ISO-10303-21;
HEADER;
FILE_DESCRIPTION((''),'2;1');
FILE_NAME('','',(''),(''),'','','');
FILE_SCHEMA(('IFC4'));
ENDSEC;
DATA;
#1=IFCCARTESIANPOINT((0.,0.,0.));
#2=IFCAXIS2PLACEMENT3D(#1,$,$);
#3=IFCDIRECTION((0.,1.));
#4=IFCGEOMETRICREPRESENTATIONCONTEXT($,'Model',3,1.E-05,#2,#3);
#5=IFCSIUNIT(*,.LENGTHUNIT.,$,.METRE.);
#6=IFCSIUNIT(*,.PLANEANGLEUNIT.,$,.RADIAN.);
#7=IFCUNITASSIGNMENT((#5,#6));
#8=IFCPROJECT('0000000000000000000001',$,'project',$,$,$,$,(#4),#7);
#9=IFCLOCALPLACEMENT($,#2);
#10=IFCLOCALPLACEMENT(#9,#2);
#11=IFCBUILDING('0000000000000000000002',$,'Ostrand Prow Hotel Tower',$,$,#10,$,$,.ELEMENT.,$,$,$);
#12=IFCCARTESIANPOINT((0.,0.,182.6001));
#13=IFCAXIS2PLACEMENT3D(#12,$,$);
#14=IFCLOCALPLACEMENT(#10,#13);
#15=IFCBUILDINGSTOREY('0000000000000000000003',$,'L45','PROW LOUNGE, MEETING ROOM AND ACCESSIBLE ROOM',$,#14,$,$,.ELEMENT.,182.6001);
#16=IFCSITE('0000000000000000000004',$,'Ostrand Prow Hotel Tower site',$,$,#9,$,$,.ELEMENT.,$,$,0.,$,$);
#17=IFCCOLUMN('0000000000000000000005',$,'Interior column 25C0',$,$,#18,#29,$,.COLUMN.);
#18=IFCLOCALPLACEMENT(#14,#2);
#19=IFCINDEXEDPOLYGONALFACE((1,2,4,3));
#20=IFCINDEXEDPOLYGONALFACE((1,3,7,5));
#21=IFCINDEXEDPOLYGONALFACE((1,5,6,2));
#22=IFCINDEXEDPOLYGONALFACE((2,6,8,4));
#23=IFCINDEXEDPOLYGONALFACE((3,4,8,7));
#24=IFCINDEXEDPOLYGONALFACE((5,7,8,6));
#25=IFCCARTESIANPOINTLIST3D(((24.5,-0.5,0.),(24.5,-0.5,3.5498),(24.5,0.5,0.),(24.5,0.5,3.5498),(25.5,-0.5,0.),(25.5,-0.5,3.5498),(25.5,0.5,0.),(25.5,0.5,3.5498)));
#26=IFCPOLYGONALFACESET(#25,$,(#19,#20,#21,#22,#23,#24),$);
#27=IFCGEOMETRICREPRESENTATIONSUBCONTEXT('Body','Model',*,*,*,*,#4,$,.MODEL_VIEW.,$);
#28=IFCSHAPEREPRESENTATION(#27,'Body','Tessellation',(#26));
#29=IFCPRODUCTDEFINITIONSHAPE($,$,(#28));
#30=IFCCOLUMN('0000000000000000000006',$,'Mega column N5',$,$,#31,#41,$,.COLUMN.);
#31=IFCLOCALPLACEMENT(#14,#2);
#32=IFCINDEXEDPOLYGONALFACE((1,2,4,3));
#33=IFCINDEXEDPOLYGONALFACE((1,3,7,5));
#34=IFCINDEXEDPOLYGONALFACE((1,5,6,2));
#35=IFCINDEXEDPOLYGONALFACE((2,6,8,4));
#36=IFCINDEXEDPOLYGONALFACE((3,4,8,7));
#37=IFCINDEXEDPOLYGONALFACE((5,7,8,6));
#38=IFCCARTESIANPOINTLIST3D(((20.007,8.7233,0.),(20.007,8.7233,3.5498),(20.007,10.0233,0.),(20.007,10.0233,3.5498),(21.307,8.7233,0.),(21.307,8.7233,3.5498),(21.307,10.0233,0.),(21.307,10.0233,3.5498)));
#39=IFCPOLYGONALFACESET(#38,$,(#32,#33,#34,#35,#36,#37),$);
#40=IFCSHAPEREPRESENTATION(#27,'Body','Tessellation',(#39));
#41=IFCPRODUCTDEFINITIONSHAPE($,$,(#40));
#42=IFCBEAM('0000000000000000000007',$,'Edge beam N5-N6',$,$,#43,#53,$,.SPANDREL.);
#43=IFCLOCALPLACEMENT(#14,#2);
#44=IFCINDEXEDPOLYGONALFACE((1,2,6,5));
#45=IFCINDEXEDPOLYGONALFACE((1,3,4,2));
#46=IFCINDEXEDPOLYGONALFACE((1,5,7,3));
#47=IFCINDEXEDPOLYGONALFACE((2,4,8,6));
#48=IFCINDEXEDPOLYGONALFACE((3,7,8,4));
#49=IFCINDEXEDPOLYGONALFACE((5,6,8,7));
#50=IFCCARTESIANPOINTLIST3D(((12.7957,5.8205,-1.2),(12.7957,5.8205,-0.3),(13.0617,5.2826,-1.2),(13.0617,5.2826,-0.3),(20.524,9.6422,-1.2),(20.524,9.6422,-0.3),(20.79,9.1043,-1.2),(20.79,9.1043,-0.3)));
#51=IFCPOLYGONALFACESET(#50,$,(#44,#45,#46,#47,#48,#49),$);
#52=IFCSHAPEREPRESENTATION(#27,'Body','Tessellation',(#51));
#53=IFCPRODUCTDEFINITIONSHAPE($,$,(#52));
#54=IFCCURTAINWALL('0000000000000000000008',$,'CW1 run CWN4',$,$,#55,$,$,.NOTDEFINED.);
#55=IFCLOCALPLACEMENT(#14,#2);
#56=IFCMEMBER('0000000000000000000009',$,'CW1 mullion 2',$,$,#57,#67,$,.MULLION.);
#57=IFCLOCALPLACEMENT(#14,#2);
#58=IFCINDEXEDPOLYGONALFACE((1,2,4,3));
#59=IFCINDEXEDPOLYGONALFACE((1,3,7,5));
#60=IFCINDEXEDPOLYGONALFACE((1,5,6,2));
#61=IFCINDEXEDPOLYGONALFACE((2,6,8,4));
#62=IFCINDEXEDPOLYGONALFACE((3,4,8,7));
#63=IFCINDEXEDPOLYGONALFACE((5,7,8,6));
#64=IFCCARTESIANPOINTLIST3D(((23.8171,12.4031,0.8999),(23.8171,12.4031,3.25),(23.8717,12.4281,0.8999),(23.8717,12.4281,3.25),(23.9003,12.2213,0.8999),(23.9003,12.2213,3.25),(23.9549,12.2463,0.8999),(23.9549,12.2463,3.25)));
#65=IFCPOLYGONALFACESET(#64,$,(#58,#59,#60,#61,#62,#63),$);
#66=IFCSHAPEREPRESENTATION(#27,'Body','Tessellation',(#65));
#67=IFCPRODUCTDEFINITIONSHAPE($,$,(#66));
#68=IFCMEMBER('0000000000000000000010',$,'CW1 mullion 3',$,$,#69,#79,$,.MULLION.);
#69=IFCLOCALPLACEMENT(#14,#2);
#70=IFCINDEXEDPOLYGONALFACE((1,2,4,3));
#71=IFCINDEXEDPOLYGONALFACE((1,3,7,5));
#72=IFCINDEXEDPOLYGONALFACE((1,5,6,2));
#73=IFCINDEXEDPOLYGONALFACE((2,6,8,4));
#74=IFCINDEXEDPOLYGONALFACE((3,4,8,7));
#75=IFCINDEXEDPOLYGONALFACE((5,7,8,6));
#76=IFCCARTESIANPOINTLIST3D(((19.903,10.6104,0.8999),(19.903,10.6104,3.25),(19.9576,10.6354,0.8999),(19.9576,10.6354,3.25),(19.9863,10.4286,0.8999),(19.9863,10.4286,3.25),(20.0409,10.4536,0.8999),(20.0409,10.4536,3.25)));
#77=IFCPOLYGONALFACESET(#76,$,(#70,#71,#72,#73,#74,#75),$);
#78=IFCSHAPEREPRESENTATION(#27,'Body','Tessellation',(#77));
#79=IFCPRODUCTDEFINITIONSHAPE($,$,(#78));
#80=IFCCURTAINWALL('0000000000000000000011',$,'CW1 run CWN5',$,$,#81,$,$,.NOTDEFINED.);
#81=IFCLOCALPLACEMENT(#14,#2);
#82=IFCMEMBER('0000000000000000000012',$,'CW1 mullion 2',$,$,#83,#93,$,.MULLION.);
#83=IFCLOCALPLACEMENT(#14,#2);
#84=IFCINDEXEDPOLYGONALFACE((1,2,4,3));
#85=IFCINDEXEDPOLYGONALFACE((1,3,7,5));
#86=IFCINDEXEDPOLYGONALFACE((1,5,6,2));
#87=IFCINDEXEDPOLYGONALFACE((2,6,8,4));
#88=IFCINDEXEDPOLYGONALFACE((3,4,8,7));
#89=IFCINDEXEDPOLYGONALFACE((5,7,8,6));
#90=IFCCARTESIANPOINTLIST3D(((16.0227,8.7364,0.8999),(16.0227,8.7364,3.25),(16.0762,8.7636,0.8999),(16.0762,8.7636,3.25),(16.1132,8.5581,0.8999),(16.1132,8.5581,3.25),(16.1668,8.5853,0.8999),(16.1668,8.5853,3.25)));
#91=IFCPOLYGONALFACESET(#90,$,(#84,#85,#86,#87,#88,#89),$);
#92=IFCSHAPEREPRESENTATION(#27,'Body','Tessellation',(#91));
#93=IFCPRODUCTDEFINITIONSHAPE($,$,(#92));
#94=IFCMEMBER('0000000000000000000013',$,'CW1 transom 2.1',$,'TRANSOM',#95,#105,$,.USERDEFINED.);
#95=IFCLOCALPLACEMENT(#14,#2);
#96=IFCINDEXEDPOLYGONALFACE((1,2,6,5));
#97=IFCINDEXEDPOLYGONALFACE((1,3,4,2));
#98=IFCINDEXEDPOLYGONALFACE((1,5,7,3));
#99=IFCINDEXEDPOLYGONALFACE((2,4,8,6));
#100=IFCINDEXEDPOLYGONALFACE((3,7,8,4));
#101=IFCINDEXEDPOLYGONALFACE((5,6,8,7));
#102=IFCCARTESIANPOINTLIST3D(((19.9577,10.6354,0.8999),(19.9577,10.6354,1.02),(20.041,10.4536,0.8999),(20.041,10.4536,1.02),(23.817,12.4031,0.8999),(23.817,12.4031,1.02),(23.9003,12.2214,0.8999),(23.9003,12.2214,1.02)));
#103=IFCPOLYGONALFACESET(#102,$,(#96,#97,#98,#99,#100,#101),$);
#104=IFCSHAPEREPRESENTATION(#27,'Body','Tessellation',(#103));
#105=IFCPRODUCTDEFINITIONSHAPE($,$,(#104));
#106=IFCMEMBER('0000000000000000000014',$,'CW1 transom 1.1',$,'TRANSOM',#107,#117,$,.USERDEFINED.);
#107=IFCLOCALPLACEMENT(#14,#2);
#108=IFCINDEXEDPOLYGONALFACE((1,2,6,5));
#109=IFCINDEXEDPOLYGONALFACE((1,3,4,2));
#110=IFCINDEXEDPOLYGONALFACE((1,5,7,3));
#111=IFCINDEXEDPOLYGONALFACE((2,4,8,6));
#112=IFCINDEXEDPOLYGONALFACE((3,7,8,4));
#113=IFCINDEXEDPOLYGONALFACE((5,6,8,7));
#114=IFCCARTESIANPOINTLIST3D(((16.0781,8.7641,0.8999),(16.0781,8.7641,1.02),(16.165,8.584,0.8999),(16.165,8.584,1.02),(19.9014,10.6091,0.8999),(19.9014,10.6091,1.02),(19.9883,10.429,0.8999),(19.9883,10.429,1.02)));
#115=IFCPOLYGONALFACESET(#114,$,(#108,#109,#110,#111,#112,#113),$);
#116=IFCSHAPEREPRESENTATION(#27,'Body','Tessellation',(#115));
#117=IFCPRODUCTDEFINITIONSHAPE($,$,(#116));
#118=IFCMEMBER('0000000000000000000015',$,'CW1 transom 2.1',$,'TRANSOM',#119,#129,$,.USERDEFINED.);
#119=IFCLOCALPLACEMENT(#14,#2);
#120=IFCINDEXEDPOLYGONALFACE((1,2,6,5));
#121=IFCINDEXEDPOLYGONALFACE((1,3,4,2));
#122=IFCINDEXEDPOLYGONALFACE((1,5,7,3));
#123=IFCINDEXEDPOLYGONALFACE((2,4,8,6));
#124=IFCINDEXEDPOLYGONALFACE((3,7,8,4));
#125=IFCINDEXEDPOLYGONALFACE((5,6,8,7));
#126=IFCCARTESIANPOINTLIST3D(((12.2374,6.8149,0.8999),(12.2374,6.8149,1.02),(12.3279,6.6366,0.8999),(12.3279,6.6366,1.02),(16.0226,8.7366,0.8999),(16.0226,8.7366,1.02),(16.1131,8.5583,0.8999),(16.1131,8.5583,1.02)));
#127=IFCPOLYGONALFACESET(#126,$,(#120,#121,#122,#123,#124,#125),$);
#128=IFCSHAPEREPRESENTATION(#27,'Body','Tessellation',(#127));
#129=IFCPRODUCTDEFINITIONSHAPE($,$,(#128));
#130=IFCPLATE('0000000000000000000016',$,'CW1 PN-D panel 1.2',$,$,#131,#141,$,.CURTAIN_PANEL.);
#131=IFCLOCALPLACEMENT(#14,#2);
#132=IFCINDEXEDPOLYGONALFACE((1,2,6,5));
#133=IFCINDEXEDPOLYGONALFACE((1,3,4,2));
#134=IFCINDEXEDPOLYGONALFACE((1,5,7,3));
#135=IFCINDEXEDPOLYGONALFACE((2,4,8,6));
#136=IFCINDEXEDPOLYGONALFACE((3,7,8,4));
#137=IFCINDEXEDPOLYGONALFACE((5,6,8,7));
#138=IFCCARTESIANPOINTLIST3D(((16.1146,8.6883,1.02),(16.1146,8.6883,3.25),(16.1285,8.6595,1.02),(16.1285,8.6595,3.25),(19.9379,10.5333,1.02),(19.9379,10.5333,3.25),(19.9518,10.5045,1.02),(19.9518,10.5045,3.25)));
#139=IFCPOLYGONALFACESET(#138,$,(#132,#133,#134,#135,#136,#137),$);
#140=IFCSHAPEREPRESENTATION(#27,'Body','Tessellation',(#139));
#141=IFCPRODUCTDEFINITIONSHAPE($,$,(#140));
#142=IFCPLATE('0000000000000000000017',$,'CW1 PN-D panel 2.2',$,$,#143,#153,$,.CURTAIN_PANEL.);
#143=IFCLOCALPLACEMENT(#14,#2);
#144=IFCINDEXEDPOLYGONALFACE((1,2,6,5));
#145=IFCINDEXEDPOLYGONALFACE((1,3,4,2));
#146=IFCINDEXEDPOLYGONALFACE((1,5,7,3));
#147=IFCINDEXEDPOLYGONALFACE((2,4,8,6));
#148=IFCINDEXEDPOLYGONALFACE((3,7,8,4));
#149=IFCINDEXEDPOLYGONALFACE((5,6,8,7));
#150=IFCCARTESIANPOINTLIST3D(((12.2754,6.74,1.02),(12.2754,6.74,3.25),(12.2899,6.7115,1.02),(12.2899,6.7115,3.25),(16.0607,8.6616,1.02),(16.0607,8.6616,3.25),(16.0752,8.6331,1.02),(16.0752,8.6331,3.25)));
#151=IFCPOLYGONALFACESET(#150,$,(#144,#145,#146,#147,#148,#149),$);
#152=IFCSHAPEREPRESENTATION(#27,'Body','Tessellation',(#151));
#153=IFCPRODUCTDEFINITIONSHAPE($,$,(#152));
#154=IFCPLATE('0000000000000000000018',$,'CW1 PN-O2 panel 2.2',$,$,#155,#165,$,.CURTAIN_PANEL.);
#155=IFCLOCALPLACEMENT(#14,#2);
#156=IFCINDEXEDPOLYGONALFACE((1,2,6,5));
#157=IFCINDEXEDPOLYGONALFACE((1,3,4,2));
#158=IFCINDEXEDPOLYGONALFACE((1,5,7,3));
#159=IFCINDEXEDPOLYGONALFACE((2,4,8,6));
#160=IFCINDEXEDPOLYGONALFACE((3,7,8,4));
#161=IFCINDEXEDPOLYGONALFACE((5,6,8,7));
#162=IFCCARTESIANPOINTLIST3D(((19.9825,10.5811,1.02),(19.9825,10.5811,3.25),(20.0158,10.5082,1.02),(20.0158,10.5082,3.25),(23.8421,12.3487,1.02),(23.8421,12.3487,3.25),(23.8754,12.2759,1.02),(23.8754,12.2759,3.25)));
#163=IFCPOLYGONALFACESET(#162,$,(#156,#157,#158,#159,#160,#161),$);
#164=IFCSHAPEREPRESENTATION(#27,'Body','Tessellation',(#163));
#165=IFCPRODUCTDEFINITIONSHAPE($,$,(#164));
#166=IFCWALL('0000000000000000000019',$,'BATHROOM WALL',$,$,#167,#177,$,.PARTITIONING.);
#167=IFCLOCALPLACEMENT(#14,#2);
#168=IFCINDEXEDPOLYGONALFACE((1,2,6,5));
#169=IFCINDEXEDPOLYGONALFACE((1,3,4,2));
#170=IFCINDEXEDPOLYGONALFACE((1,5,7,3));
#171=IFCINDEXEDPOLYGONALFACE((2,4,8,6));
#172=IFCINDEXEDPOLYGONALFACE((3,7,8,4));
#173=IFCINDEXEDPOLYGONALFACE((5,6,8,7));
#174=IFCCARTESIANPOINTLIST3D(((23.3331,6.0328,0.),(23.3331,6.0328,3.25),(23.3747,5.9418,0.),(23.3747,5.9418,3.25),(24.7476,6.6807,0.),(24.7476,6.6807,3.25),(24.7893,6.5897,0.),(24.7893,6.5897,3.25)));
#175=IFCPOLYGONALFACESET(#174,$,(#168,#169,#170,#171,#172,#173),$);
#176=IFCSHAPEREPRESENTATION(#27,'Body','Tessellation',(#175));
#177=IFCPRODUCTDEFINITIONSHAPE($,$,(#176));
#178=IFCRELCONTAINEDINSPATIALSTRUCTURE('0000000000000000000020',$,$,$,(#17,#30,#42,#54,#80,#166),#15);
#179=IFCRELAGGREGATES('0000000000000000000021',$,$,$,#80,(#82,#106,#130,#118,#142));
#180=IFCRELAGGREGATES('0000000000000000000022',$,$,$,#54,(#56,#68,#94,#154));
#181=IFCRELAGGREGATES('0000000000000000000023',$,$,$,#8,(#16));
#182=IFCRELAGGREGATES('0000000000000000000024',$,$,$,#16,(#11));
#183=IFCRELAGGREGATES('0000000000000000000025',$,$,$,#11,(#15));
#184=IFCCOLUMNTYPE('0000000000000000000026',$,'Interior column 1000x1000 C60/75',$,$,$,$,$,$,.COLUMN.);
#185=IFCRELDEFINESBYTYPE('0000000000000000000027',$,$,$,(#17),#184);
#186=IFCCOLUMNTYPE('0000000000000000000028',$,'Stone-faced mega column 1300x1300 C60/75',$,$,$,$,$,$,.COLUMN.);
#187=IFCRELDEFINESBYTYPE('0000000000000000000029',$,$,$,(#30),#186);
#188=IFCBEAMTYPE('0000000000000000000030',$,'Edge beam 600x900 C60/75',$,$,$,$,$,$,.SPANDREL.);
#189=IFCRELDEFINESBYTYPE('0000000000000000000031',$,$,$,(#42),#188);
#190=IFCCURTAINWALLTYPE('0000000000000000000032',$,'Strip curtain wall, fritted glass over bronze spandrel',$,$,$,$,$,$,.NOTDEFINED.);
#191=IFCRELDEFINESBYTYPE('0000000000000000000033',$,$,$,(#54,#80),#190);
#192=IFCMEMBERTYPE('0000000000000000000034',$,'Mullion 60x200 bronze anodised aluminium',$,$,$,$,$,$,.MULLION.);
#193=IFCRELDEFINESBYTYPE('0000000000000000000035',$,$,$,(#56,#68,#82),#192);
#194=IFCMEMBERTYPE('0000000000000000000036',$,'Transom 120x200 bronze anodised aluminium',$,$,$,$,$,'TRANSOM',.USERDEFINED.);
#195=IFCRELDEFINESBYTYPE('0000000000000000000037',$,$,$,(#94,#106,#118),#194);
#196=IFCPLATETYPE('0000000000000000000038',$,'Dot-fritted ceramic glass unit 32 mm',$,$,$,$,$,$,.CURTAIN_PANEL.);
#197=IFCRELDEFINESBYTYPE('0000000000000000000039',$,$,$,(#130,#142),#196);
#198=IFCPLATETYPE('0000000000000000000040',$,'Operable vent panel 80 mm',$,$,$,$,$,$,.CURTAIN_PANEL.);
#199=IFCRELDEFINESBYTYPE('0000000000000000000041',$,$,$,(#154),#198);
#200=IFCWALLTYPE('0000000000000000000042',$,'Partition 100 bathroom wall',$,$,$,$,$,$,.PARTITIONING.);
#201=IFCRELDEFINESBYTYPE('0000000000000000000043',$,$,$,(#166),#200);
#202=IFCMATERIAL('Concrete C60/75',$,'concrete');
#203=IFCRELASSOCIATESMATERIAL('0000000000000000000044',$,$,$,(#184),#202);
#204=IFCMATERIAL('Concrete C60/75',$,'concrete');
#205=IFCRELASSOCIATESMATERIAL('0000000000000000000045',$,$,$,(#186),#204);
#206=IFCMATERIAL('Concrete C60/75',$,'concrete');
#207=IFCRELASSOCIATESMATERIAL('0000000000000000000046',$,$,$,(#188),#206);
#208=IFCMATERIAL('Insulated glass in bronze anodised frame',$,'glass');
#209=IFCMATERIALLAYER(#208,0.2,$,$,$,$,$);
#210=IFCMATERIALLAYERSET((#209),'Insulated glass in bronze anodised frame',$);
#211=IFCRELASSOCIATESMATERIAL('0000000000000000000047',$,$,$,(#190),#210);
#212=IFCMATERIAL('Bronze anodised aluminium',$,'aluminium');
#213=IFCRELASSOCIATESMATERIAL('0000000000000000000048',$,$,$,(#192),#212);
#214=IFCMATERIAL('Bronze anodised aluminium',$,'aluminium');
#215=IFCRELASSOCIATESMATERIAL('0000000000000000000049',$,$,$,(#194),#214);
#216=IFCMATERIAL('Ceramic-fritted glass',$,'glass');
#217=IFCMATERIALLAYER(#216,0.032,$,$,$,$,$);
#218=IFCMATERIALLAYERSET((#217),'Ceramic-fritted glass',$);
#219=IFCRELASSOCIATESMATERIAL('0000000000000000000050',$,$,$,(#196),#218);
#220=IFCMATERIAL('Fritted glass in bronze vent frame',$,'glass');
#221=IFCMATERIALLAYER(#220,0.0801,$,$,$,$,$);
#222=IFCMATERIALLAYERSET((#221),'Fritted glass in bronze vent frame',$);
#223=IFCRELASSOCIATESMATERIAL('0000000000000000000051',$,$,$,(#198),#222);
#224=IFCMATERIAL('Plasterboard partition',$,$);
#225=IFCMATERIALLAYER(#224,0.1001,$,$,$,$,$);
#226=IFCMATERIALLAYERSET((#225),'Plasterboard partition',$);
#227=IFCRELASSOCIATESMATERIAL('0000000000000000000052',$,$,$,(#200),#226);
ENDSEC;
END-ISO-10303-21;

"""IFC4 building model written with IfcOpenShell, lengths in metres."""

from ifc_helpers import new_model, si_unit, direction, frame, frame_2d, origin, origin_2d, place, context, subcontext, project, spatial, rectangle, extrude, material, layer, layer_set, material_profile, profile_set, type_object, element, aggregate, save


model = new_model("IFC4")

# Units and contexts
model_context = context("Model", 3, precision=1e-05, world=origin(), true_north=direction((0.0, 1.0)))
body_context = subcontext(model_context, "Body", "Model", "MODEL_VIEW")
ifc_project = project(units=[si_unit("LENGTHUNIT", "METRE"), si_unit("PLANEANGLEUNIT", "RADIAN")], contexts=[model_context])

# Site, building, storey
site_placement = place(None, origin())
site = spatial("IfcSite", under=ifc_project, at=site_placement, Name="Ostrand Prow Hotel Tower site", CompositionType="ELEMENT", RefElevation=0.0)
building_placement = place(site_placement, origin())
building = spatial("IfcBuilding", under=site, at=building_placement, Name="Ostrand Prow Hotel Tower", CompositionType="ELEMENT")
storey_placement = place(building_placement, frame((0.0, 0.0, 182.6001)))
storey = spatial("IfcBuildingStorey", under=building, at=storey_placement, Name="L45", Description="PROW LOUNGE, MEETING ROOM AND ACCESSIBLE ROOM", CompositionType="ELEMENT", Elevation=182.6001)

# Columns
ifc_material_1 = material(Name="Concrete C60/75", Category="concrete")
ifc_material_profile_1 = material_profile(ifc_material_1, rectangle(XDim=1.0, YDim=1.0, at=origin_2d()), Name="RC 1000x1000")
ifc_profile_set_1 = profile_set([ifc_material_profile_1], Name="Concrete C60/75")
column_type_1 = type_object("IfcColumnType", Name="Interior column 1000x1000 C60/75", PredefinedType="COLUMN", material=ifc_profile_set_1)
column_1_placement = place(storey_placement, frame((25.0, 0.0, 0.0), z_axis=(0.0, 0.0, 1.0), x_axis=(1.0, 0.0, 0.0)))
element("IfcColumn", 1, at=column_1_placement, inside=storey, type_object=column_type_1, Name="Interior column 25C0", PredefinedType="COLUMN", context=body_context, shape_type="SweptSolid", body=[
    extrude(rectangle(XDim=1.0, YDim=1.0, at=origin_2d()), origin(), (0.0, 0.0, 1.0), 3.5498),
])
ifc_material_2 = material(Name="Concrete C60/75", Category="concrete")
ifc_material_profile_2 = material_profile(ifc_material_2, rectangle(XDim=1.3, YDim=1.3, at=origin_2d()), Name="RC 1300x1300")
ifc_profile_set_2 = profile_set([ifc_material_profile_2], Name="Concrete C60/75")
column_type_2 = type_object("IfcColumnType", Name="Stone-faced mega column 1300x1300 C60/75", PredefinedType="COLUMN", material=ifc_profile_set_2)
column_2_placement = place(storey_placement, frame((20.657, 9.3733, 0.0), z_axis=(0.0, 0.0, 1.0), x_axis=(1.0, 0.0, 0.0)))
element("IfcColumn", 2, at=column_2_placement, inside=storey, type_object=column_type_2, Name="Mega column N5", PredefinedType="COLUMN", context=body_context, shape_type="SweptSolid", body=[
    extrude(rectangle(XDim=1.3, YDim=1.3, at=origin_2d()), origin(), (0.0, 0.0, 1.0), 3.5498),
])

# Beam
ifc_material_3 = material(Name="Concrete C60/75", Category="concrete")
ifc_material_profile_3 = material_profile(ifc_material_3, rectangle(XDim=0.6001, YDim=0.8999, at=origin_2d()), Name="RC 600x900")
ifc_profile_set_3 = profile_set([ifc_material_profile_3], Name="Concrete C60/75")
beam_type = type_object("IfcBeamType", Name="Edge beam 600x900 C60/75", PredefinedType="SPANDREL", material=ifc_profile_set_3)
beam_placement = place(storey_placement, frame((20.657, 9.3733, -0.75), z_axis=(-0.896384, -0.443279, 0.0), x_axis=(0.443279, -0.896384, 0.0)))
element("IfcBeam", 3, at=beam_placement, inside=storey, type_object=beam_type, Name="Edge beam N5-N6", PredefinedType="SPANDREL", context=body_context, shape_type="SweptSolid", body=[
    extrude(rectangle(XDim=0.6001, YDim=0.8999, at=origin_2d()), origin(), (0.0, 0.0, 1.0), 8.6216),
])

# Curtain wall, members
ifc_material_4 = material(Name="Insulated glass in bronze anodised frame", Category="glass")
ifc_layer_1 = layer(ifc_material_4, 0.2)
ifc_layer_set_1 = layer_set([ifc_layer_1], Name="Insulated glass in bronze anodised frame")
curtain_wall_type = type_object("IfcCurtainWallType", Name="Strip curtain wall, fritted glass over bronze spandrel", PredefinedType="NOTDEFINED", material=ifc_layer_set_1)
curtain_wall_1_placement = place(storey_placement, origin())
curtain_wall_1 = element("IfcCurtainWall", 4, at=curtain_wall_1_placement, inside=storey, type_object=curtain_wall_type, Name="CW1 run CWN4", PredefinedType="NOTDEFINED")
ifc_material_5 = material(Name="Bronze anodised aluminium", Category="aluminium")
ifc_material_profile_4 = material_profile(ifc_material_5, rectangle(XDim=0.2, YDim=0.0601, at=origin_2d()), Name="Mullion 60x200 bronze anodised aluminium")
ifc_profile_set_4 = profile_set([ifc_material_profile_4], Name="Bronze anodised aluminium")
member_type_1 = type_object("IfcMemberType", Name="Mullion 60x200 bronze anodised aluminium", PredefinedType="MULLION", material=ifc_profile_set_4)
member_1_placement = place(storey_placement, frame((23.886, 12.3247, 0.8999), z_axis=(0.0, 0.0, 1.0), x_axis=(0.416393, -0.909185, 0.0)))
member_1 = element("IfcMember", 5, at=member_1_placement, type_object=member_type_1, Name="CW1 mullion 2", PredefinedType="MULLION", context=body_context, shape_type="SweptSolid", body=[
    extrude(rectangle(XDim=0.2, YDim=0.0601, at=origin_2d()), origin(), (0.0, 0.0, 1.0), 2.3501),
])
member_2_placement = place(storey_placement, frame((19.9719, 10.532, 0.8999), z_axis=(0.0, 0.0, 1.0), x_axis=(0.416393, -0.909185, 0.0)))
member_2 = element("IfcMember", 6, at=member_2_placement, type_object=member_type_1, Name="CW1 mullion 3", PredefinedType="MULLION", context=body_context, shape_type="SweptSolid", body=[
    extrude(rectangle(XDim=0.2, YDim=0.0601, at=origin_2d()), origin(), (0.0, 0.0, 1.0), 2.3501),
])

# Curtain wall, member
curtain_wall_2_placement = place(storey_placement, origin())
curtain_wall_2 = element("IfcCurtainWall", 7, at=curtain_wall_2_placement, inside=storey, type_object=curtain_wall_type, Name="CW1 run CWN5", PredefinedType="NOTDEFINED")
member_3_placement = place(storey_placement, frame((16.0947, 8.6609, 0.8999), z_axis=(0.0, 0.0, 1.0), x_axis=(0.452659, -0.891684, 0.0)))
member_3 = element("IfcMember", 8, at=member_3_placement, type_object=member_type_1, Name="CW1 mullion 2", PredefinedType="MULLION", context=body_context, shape_type="SweptSolid", body=[
    extrude(rectangle(XDim=0.2, YDim=0.0601, at=origin_2d()), origin(), (0.0, 0.0, 1.0), 2.3501),
])

# Members
ifc_material_6 = material(Name="Bronze anodised aluminium", Category="aluminium")
ifc_material_profile_5 = material_profile(ifc_material_6, rectangle(XDim=0.2, YDim=0.1201, at=origin_2d()), Name="Transom 120x200 bronze anodised aluminium")
ifc_profile_set_5 = profile_set([ifc_material_profile_5], Name="Bronze anodised aluminium")
member_type_2 = type_object("IfcMemberType", Name="Transom 120x200 bronze anodised aluminium", ElementType="TRANSOM", PredefinedType="USERDEFINED", material=ifc_profile_set_5)
member_4_placement = place(storey_placement, frame((23.8586, 12.3123, 0.96), z_axis=(-0.909159, -0.416449, 0.0), x_axis=(0.416449, -0.909159, 0.0)))
member_4 = element("IfcMember", 9, at=member_4_placement, type_object=member_type_2, Name="CW1 transom 2.1", ObjectType="TRANSOM", PredefinedType="USERDEFINED", context=body_context, shape_type="SweptSolid", body=[
    extrude(rectangle(XDim=0.2, YDim=0.1201, at=origin_2d()), origin(), (0.0, 0.0, 1.0), 4.2449),
])
member_5_placement = place(storey_placement, frame((19.9448, 10.519, 0.96), z_axis=(-0.900619, -0.434609, 0.0), x_axis=(0.434609, -0.900619, 0.0)))
member_5 = element("IfcMember", 10, at=member_5_placement, type_object=member_type_2, Name="CW1 transom 1.1", ObjectType="TRANSOM", PredefinedType="USERDEFINED", context=body_context, shape_type="SweptSolid", body=[
    extrude(rectangle(XDim=0.2, YDim=0.1201, at=origin_2d()), origin(), (0.0, 0.0, 1.0), 4.2451),
])
member_6_placement = place(storey_placement, frame((16.0679, 8.6475, 0.96), z_axis=(-0.891673, -0.45268, 0.0), x_axis=(0.45268, -0.891673, 0.0)))
member_6 = element("IfcMember", 11, at=member_6_placement, type_object=member_type_2, Name="CW1 transom 2.1", ObjectType="TRANSOM", PredefinedType="USERDEFINED", context=body_context, shape_type="SweptSolid", body=[
    extrude(rectangle(XDim=0.2, YDim=0.1201, at=origin_2d()), origin(), (0.0, 0.0, 1.0), 4.2451),
])

# Plates
ifc_material_7 = material(Name="Ceramic-fritted glass", Category="glass")
ifc_layer_2 = layer(ifc_material_7, 0.032)
ifc_layer_set_2 = layer_set([ifc_layer_2], Name="Ceramic-fritted glass")
plate_type_1 = type_object("IfcPlateType", Name="Dot-fritted ceramic glass unit 32 mm", PredefinedType="CURTAIN_PANEL", material=ifc_layer_set_2)
plate_1_placement = place(storey_placement, frame((18.0332, 9.5964, 1.02), z_axis=(0.0, 0.0, 1.0), x_axis=(-0.900616, -0.434615, 0.0)))
plate_1 = element("IfcPlate", 12, at=plate_1_placement, type_object=plate_type_1, Name="CW1 PN-D panel 1.2", PredefinedType="CURTAIN_PANEL", context=body_context, shape_type="SweptSolid", body=[
    extrude(rectangle(XDim=4.2451, YDim=0.032, at=origin_2d()), origin(), (0.0, 0.0, 1.0), 2.23),
])
plate_2_placement = place(storey_placement, frame((14.1753, 7.6865, 1.02), z_axis=(0.0, 0.0, 1.0), x_axis=(-0.891684, -0.452659, 0.0)))
plate_2 = element("IfcPlate", 13, at=plate_2_placement, type_object=plate_type_1, Name="CW1 PN-D panel 2.2", PredefinedType="CURTAIN_PANEL", context=body_context, shape_type="SweptSolid", body=[
    extrude(rectangle(XDim=4.2451, YDim=0.032, at=origin_2d()), origin(), (0.0, 0.0, 1.0), 2.23),
])
aggregate(curtain_wall_2, [member_3, member_5, plate_1, member_6, plate_2])
ifc_material_8 = material(Name="Fritted glass in bronze vent frame", Category="glass")
ifc_layer_3 = layer(ifc_material_8, 0.0801)
ifc_layer_set_3 = layer_set([ifc_layer_3], Name="Fritted glass in bronze vent frame")
plate_type_2 = type_object("IfcPlateType", Name="Operable vent panel 80 mm", PredefinedType="CURTAIN_PANEL", material=ifc_layer_set_3)
plate_3_placement = place(storey_placement, frame((21.929, 11.4285, 1.02), z_axis=(0.0, 0.0, 1.0), x_axis=(-0.909185, -0.416393, 0.0)))
plate_3 = element("IfcPlate", 14, at=plate_3_placement, type_object=plate_type_2, Name="CW1 PN-O2 panel 2.2", PredefinedType="CURTAIN_PANEL", context=body_context, shape_type="SweptSolid", body=[
    extrude(rectangle(XDim=4.2451, YDim=0.0801, at=origin_2d()), origin(), (0.0, 0.0, 1.0), 2.23),
])
aggregate(curtain_wall_1, [member_1, member_2, member_4, plate_3])

# Wall
ifc_material_9 = material(Name="Plasterboard partition")
ifc_layer_4 = layer(ifc_material_9, 0.1001)
ifc_layer_set_4 = layer_set([ifc_layer_4], Name="Plasterboard partition")
wall_type_1 = type_object("IfcWallType", Name="Partition 100 bathroom wall", PredefinedType="PARTITIONING", material=ifc_layer_set_4)
wall_1_placement = place(storey_placement, frame((23.354, 5.9873, 0.0), z_axis=(0.0, 0.0, 1.0), x_axis=(0.909159, 0.416449, 0.0)))
element("IfcWall", 15, at=wall_1_placement, inside=storey, type_object=wall_type_1, Name="BATHROOM WALL", PredefinedType="PARTITIONING", context=body_context, shape_type="SweptSolid", body=[
    extrude(rectangle(XDim=1.5559, YDim=0.1001, at=frame_2d((0.7778, 0.0))), origin(), (0.0, 0.0, 1.0), 3.25),
])

save(model, "model.ifc")
